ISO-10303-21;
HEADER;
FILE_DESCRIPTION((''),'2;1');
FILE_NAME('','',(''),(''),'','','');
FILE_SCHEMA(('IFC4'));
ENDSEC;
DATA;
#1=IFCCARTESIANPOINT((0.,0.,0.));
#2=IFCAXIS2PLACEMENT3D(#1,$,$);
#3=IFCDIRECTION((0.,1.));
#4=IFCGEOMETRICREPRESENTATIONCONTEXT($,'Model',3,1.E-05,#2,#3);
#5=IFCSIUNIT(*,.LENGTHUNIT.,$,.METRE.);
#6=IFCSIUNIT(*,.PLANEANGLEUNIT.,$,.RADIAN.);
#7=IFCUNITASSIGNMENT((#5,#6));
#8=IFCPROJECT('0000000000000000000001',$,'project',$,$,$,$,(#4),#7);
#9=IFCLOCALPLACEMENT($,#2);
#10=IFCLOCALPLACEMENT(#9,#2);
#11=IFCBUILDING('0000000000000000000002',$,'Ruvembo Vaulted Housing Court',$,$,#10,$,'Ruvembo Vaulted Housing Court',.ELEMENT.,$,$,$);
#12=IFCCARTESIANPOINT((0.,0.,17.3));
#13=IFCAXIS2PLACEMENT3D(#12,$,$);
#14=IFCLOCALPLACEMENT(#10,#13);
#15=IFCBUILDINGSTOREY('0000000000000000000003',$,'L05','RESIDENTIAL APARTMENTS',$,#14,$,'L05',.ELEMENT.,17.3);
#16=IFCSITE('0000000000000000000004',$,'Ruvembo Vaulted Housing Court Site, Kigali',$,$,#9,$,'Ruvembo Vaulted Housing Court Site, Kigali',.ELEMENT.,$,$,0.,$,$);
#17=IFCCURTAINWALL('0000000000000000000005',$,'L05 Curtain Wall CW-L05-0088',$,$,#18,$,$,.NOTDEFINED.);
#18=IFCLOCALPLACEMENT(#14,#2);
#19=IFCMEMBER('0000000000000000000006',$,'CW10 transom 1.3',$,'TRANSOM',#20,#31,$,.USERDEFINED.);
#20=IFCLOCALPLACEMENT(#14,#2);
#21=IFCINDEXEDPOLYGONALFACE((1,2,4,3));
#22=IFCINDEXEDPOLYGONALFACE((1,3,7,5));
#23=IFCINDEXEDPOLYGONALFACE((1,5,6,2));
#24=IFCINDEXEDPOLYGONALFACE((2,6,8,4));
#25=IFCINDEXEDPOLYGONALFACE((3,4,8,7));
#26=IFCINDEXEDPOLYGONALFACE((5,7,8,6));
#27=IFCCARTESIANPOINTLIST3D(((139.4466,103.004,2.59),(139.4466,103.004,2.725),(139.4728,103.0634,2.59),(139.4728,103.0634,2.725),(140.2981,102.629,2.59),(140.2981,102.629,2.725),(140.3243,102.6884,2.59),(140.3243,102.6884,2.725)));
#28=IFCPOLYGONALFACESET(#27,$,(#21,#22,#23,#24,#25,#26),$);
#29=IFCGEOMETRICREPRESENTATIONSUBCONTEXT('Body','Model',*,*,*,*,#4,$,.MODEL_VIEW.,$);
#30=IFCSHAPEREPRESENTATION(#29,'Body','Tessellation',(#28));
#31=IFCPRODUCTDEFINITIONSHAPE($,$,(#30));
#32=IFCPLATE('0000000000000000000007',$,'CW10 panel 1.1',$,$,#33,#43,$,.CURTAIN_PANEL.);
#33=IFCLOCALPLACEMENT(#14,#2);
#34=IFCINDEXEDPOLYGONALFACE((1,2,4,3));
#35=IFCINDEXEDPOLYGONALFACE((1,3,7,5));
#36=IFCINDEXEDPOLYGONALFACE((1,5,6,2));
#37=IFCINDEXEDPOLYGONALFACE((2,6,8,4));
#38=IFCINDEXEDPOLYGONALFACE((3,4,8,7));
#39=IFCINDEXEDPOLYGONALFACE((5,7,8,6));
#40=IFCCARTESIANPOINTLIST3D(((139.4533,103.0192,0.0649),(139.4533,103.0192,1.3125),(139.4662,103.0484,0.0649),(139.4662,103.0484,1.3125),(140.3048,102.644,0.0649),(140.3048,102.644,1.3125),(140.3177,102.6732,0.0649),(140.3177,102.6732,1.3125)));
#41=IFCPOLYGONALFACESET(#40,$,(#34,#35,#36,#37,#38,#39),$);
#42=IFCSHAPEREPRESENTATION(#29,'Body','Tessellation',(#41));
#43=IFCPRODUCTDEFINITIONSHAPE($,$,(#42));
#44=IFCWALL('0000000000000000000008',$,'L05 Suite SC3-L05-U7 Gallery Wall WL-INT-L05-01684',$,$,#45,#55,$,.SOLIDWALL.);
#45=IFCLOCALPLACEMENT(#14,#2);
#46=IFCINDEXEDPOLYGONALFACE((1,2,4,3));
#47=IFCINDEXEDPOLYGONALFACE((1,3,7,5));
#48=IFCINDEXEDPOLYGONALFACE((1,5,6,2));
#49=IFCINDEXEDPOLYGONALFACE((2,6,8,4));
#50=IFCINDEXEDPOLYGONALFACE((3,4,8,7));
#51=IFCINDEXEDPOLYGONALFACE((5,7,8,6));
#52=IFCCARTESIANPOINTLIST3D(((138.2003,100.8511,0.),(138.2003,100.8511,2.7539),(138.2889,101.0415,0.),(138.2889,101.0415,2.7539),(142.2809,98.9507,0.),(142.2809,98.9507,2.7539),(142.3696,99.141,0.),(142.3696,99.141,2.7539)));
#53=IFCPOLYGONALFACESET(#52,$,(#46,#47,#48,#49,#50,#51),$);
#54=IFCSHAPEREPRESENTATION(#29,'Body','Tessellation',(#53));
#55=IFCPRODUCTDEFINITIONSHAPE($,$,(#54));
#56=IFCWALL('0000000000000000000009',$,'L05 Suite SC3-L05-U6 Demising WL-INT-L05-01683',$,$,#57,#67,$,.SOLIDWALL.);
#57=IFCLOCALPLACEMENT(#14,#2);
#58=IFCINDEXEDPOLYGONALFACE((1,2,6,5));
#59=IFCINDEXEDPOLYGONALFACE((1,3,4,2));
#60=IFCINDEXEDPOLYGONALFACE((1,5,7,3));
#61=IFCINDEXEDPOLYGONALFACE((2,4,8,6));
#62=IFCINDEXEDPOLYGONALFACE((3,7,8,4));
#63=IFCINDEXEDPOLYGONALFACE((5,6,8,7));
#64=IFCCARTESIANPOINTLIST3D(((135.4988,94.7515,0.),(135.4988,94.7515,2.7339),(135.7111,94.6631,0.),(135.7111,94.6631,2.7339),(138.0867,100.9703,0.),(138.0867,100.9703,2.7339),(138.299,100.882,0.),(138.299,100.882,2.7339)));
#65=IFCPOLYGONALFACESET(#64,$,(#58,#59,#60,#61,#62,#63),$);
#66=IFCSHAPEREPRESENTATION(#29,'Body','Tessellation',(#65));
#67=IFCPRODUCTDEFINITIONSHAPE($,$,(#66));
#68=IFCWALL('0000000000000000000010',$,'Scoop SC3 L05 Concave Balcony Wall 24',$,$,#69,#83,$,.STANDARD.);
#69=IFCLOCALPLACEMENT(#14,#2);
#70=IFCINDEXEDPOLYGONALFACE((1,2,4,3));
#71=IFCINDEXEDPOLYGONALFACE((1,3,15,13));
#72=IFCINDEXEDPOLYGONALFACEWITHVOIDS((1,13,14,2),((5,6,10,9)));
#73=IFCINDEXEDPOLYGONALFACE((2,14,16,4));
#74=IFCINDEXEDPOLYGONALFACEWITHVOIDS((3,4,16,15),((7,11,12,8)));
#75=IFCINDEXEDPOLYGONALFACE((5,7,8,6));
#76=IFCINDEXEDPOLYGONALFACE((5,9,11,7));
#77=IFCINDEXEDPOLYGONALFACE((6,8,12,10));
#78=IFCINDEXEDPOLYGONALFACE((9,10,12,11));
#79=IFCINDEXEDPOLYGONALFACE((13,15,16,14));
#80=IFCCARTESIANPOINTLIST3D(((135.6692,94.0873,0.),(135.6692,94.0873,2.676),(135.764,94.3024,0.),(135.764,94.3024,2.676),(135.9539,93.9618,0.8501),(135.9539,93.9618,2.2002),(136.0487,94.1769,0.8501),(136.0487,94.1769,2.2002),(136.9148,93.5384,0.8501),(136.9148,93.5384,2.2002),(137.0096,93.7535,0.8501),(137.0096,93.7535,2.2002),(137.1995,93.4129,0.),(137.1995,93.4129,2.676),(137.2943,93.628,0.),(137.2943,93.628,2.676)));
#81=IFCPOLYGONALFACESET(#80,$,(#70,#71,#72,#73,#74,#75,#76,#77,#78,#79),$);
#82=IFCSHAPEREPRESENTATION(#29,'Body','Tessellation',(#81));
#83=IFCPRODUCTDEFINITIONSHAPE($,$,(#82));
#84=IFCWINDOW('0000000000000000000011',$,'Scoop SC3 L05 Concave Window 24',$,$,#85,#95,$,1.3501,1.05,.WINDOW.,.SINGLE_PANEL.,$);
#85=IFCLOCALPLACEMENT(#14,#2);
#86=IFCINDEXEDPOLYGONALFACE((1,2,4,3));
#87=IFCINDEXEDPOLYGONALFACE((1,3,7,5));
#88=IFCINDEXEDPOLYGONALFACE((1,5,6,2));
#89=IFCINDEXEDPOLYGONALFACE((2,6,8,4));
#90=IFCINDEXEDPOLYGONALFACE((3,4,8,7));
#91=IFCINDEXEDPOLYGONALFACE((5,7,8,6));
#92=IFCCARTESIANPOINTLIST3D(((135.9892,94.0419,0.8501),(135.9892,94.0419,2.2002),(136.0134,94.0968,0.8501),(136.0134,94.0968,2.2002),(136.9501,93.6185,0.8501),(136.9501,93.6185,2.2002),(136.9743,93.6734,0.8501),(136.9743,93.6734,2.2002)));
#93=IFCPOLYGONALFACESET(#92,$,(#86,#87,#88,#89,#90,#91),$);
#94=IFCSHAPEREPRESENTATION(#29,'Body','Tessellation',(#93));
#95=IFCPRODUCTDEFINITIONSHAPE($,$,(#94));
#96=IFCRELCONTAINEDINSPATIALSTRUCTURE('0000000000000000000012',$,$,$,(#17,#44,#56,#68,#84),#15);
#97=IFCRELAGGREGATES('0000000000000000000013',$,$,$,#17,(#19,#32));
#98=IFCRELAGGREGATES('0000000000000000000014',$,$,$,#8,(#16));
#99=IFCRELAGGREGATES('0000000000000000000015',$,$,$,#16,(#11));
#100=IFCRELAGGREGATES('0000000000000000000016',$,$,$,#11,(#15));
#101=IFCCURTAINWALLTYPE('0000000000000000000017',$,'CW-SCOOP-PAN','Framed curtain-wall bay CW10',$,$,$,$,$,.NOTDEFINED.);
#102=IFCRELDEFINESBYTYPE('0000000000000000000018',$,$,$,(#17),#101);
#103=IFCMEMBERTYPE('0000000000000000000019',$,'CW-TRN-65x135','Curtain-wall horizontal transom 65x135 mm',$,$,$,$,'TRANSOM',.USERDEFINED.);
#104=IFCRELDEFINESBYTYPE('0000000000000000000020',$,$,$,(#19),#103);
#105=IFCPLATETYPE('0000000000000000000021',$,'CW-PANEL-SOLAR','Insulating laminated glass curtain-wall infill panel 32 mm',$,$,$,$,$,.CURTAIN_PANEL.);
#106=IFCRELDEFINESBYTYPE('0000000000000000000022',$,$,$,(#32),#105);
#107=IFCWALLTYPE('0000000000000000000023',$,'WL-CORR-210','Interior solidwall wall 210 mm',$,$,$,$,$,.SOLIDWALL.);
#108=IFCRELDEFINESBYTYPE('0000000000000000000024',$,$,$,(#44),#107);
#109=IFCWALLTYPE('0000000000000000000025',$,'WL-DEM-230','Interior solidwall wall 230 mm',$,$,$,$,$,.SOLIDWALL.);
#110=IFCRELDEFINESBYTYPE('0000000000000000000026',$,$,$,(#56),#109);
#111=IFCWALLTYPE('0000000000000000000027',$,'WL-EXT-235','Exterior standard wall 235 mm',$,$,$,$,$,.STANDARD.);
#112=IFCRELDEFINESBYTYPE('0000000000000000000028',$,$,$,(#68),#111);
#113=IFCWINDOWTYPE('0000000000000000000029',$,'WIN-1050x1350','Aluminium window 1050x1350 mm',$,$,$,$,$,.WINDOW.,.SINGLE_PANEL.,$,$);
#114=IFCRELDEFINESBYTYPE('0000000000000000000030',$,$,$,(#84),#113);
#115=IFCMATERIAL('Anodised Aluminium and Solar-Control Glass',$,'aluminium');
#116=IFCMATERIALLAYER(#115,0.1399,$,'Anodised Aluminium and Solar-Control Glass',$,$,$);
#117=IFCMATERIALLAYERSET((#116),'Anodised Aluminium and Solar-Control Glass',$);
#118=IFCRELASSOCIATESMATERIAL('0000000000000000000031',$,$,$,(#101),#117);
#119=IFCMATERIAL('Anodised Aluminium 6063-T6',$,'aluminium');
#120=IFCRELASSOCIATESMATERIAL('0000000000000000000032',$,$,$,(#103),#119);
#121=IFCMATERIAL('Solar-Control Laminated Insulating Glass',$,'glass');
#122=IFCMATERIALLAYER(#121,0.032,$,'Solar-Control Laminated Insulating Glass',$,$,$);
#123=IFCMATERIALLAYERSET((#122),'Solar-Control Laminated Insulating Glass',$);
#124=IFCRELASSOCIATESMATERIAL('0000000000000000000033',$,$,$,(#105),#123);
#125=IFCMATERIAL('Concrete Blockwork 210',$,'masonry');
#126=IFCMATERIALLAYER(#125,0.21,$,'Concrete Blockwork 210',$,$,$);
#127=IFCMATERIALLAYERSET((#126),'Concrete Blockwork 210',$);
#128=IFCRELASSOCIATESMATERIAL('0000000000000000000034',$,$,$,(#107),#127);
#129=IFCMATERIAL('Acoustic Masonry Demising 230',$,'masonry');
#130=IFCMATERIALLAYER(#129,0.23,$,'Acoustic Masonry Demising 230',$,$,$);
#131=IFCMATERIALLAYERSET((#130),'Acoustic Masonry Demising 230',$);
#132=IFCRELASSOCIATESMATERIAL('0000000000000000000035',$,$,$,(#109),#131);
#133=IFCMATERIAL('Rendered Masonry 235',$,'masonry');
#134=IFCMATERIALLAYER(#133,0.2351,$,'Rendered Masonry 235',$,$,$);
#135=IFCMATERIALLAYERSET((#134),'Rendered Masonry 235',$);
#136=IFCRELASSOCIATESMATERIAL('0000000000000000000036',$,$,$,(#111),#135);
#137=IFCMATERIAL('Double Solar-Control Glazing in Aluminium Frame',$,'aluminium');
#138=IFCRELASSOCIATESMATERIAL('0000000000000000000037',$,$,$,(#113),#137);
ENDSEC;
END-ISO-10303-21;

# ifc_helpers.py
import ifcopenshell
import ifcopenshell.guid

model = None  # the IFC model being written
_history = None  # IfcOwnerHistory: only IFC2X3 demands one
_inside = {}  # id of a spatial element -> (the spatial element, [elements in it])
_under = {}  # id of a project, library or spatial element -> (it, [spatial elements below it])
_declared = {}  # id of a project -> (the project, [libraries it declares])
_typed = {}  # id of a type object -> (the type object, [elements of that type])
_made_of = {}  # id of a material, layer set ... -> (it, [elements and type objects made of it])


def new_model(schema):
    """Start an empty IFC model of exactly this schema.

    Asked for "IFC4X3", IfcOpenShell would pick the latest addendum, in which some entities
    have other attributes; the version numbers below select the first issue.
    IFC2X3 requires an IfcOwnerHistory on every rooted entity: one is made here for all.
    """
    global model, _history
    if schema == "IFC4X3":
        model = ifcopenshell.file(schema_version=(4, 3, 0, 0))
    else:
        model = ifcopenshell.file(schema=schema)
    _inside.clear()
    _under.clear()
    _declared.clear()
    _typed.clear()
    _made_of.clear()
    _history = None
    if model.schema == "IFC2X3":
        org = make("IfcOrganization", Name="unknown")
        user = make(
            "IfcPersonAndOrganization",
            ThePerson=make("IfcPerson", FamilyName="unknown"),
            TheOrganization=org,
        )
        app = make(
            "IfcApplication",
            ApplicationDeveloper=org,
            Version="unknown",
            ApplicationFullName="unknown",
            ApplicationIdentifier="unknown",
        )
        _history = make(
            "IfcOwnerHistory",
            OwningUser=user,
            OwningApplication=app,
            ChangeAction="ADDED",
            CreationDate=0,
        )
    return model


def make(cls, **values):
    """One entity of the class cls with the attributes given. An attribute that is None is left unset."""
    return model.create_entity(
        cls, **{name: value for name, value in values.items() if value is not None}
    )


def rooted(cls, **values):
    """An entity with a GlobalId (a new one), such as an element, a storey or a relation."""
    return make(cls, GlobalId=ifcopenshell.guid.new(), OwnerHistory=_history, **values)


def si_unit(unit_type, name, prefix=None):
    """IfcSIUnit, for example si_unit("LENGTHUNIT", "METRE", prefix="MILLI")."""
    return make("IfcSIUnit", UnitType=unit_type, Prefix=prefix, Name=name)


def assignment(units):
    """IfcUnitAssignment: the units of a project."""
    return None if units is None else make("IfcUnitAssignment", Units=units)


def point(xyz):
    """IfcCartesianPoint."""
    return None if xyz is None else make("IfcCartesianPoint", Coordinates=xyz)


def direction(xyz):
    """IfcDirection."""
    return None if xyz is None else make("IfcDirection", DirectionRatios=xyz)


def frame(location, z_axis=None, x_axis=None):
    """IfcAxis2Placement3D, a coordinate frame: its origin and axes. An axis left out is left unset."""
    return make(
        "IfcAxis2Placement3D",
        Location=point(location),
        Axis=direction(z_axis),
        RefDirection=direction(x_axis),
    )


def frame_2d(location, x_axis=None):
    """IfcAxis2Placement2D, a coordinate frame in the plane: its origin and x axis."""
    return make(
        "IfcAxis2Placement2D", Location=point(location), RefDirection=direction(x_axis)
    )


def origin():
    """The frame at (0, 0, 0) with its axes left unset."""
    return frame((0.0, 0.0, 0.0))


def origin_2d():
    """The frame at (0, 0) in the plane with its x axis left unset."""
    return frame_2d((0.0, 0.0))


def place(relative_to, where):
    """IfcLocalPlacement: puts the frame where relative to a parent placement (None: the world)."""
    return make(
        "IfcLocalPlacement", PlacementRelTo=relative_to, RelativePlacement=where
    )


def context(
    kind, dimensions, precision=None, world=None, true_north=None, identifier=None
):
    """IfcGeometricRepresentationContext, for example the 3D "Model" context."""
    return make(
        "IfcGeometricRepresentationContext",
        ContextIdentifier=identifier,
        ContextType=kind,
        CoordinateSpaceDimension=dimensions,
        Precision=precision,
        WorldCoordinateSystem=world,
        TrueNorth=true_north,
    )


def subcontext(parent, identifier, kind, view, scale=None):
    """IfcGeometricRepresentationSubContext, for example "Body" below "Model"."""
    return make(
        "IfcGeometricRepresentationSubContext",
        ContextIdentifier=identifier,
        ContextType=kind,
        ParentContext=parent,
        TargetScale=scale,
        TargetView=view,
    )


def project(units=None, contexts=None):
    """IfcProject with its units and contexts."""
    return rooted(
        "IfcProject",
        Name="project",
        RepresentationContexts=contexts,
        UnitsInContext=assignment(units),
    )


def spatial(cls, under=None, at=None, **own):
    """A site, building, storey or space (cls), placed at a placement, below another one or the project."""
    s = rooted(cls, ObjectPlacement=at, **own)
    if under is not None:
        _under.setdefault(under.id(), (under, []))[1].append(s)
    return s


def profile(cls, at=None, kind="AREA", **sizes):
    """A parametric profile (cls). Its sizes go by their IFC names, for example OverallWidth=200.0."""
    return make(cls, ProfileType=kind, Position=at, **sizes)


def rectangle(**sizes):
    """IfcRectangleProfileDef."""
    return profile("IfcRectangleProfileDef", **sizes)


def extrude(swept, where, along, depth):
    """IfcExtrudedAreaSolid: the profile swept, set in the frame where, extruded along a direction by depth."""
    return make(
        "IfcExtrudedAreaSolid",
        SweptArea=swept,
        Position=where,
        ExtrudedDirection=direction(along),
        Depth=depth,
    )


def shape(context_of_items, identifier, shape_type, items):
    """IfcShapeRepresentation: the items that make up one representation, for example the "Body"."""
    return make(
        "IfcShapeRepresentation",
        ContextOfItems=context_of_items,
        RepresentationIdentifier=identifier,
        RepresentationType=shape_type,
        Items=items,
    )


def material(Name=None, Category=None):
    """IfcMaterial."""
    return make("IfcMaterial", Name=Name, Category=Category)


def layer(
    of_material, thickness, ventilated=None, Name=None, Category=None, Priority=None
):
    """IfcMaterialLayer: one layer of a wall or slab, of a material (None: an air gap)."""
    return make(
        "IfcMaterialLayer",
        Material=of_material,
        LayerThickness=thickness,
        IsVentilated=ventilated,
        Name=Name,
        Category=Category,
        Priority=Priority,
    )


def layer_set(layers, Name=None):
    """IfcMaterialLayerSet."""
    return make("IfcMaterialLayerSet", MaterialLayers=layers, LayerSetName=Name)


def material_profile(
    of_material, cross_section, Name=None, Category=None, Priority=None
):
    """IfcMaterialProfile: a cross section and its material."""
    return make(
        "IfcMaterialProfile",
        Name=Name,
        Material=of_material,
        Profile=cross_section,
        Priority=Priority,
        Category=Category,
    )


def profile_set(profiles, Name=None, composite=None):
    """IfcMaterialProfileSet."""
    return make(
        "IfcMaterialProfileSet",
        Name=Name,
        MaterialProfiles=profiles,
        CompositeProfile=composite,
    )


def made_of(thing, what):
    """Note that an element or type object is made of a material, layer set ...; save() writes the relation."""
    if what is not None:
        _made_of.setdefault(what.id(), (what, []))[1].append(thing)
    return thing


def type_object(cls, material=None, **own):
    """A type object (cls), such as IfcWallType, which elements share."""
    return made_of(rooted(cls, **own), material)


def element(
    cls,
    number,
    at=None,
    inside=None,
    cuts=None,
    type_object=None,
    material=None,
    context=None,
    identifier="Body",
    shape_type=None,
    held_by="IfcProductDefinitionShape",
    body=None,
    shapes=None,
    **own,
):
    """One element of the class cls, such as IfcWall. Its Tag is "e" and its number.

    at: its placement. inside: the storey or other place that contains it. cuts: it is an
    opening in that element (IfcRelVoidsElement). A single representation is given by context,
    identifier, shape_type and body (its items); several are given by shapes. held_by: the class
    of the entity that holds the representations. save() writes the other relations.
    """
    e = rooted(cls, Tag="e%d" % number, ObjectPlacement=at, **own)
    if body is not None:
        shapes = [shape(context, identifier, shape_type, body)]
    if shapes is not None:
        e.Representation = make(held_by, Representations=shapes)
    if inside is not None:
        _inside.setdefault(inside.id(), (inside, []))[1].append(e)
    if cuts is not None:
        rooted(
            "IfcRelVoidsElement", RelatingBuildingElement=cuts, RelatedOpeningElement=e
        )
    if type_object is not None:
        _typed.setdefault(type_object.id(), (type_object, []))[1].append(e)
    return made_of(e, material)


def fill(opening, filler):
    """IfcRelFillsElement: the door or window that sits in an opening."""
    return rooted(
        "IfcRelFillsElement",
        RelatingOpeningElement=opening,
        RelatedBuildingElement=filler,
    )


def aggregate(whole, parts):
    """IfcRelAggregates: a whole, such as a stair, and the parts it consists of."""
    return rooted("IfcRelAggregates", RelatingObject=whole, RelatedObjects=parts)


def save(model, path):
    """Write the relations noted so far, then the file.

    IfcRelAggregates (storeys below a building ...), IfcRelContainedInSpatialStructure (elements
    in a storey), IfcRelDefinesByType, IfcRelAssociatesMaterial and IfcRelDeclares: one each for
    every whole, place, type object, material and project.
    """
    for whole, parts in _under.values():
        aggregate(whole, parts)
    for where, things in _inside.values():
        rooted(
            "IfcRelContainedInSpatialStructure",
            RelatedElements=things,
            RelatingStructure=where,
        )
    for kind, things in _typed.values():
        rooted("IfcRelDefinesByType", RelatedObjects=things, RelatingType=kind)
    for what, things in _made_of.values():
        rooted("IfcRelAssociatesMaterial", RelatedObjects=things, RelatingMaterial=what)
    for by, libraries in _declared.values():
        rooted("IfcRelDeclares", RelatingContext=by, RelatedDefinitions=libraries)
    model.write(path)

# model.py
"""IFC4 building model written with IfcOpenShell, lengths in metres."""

from ifc_helpers import new_model, si_unit, direction, frame, frame_2d, origin, origin_2d, place, context, subcontext, project, spatial, rectangle, extrude, material, layer, layer_set, material_profile, profile_set, type_object, element, fill, aggregate, save


model = new_model("IFC4")

# Units and contexts
model_context = context("Model", 3, precision=1e-05, world=origin(), true_north=direction((0.0, 1.0)))
body_context = subcontext(model_context, "Body", "Model", "MODEL_VIEW")
ifc_project = project(units=[si_unit("LENGTHUNIT", "METRE"), si_unit("PLANEANGLEUNIT", "RADIAN")], contexts=[model_context])

# Site, building, storey
site_placement = place(None, origin())
site = spatial("IfcSite", under=ifc_project, at=site_placement, Name="Ruvembo Vaulted Housing Court Site, Kigali", LongName="Ruvembo Vaulted Housing Court Site, Kigali", CompositionType="ELEMENT", RefElevation=0.0)
building_placement = place(site_placement, origin())
building = spatial("IfcBuilding", under=site, at=building_placement, Name="Ruvembo Vaulted Housing Court", LongName="Ruvembo Vaulted Housing Court", CompositionType="ELEMENT")
storey_placement = place(building_placement, frame((0.0, 0.0, 17.3)))
storey = spatial("IfcBuildingStorey", under=building, at=storey_placement, Name="L05", Description="RESIDENTIAL APARTMENTS", LongName="L05", CompositionType="ELEMENT", Elevation=17.3)

# Curtain wall, member, plate
ifc_material_1 = material(Name="Anodised Aluminium and Solar-Control Glass", Category="aluminium")
ifc_layer_1 = layer(ifc_material_1, 0.1399, Name="Anodised Aluminium and Solar-Control Glass")
ifc_layer_set_1 = layer_set([ifc_layer_1], Name="Anodised Aluminium and Solar-Control Glass")
curtain_wall_type = type_object("IfcCurtainWallType", Name="CW-SCOOP-PAN", Description="Framed curtain-wall bay CW10", PredefinedType="NOTDEFINED", material=ifc_layer_set_1)
curtain_wall_placement = place(storey_placement, origin())
curtain_wall = element("IfcCurtainWall", 1, at=curtain_wall_placement, inside=storey, type_object=curtain_wall_type, Name="L05 Curtain Wall CW-L05-0088", PredefinedType="NOTDEFINED")
ifc_material_2 = material(Name="Anodised Aluminium 6063-T6", Category="aluminium")
ifc_material_profile_1 = material_profile(ifc_material_2, rectangle(XDim=0.0649, YDim=0.135, at=origin_2d()), Name="ALU 65x135")
ifc_profile_set_1 = profile_set([ifc_material_profile_1], Name="Anodised Aluminium 6063-T6")
member_type_1 = type_object("IfcMemberType", Name="CW-TRN-65x135", Description="Curtain-wall horizontal transom 65x135 mm", ElementType="TRANSOM", PredefinedType="USERDEFINED", material=ifc_profile_set_1)
member_1_placement = place(storey_placement, frame((139.4597, 103.0337, 2.6575), z_axis=(0.915191, -0.40302, 0.0), x_axis=(0.40302, 0.915191, 0.0)))
member_1 = element("IfcMember", 2, at=member_1_placement, type_object=member_type_1, Name="CW10 transom 1.3", ObjectType="TRANSOM", PredefinedType="USERDEFINED", context=body_context, shape_type="SweptSolid", body=[
    extrude(rectangle(XDim=0.0649, YDim=0.135, at=origin_2d()), origin(), (0.0, 0.0, 1.0), 0.9304),
])
ifc_material_3 = material(Name="Solar-Control Laminated Insulating Glass", Category="glass")
ifc_layer_2 = layer(ifc_material_3, 0.032, Name="Solar-Control Laminated Insulating Glass")
ifc_layer_set_2 = layer_set([ifc_layer_2], Name="Solar-Control Laminated Insulating Glass")
plate_type = type_object("IfcPlateType", Name="CW-PANEL-SOLAR", Description="Insulating laminated glass curtain-wall infill panel 32 mm", PredefinedType="CURTAIN_PANEL", material=ifc_layer_set_2)
plate_placement = place(storey_placement, frame((139.8855, 102.8462, 0.0649), z_axis=(0.0, 0.0, 1.0), x_axis=(0.91508, -0.403272, 0.0)))
plate = element("IfcPlate", 3, at=plate_placement, type_object=plate_type, Name="CW10 panel 1.1", PredefinedType="CURTAIN_PANEL", context=body_context, shape_type="SweptSolid", body=[
    extrude(rectangle(XDim=0.9304, YDim=0.032, at=origin_2d()), origin(), (0.0, 0.0, 1.0), 1.2476),
])
aggregate(curtain_wall, [member_1, plate])

# Walls
ifc_material_4 = material(Name="Concrete Blockwork 210", Category="masonry")
ifc_layer_3 = layer(ifc_material_4, 0.21, Name="Concrete Blockwork 210")
ifc_layer_set_3 = layer_set([ifc_layer_3], Name="Concrete Blockwork 210")
wall_type_1 = type_object("IfcWallType", Name="WL-CORR-210", Description="Interior solidwall wall 210 mm", PredefinedType="SOLIDWALL", material=ifc_layer_set_3)
wall_1_placement = place(storey_placement, frame((138.2446, 100.9463, 0.0), z_axis=(0.0, 0.0, 1.0), x_axis=(0.906513, -0.422179, 0.0)))
element("IfcWall", 4, at=wall_1_placement, inside=storey, type_object=wall_type_1, Name="L05 Suite SC3-L05-U7 Gallery Wall WL-INT-L05-01684", PredefinedType="SOLIDWALL", context=body_context, shape_type="SweptSolid", body=[
    extrude(rectangle(XDim=4.5015, YDim=0.21, at=frame_2d((2.2507, 0.0))), origin(), (0.0, 0.0, 1.0), 2.7539),
])
ifc_material_5 = material(Name="Acoustic Masonry Demising 230", Category="masonry")
ifc_layer_4 = layer(ifc_material_5, 0.23, Name="Acoustic Masonry Demising 230")
ifc_layer_set_4 = layer_set([ifc_layer_4], Name="Acoustic Masonry Demising 230")
wall_type_2 = type_object("IfcWallType", Name="WL-DEM-230", Description="Interior solidwall wall 230 mm", PredefinedType="SOLIDWALL", material=ifc_layer_set_4)
wall_2_placement = place(storey_placement, frame((135.605, 94.7073, 0.0), z_axis=(0.0, 0.0, 1.0), x_axis=(0.384191, 0.923254, 0.0)))
element("IfcWall", 5, at=wall_2_placement, inside=storey, type_object=wall_type_2, Name="L05 Suite SC3-L05-U6 Demising WL-INT-L05-01683", PredefinedType="SOLIDWALL", context=body_context, shape_type="SweptSolid", body=[
    extrude(rectangle(XDim=6.7358, YDim=0.23, at=frame_2d((3.3679, 0.0))), origin(), (0.0, 0.0, 1.0), 2.7339),
])

# Wall, opening, window
ifc_material_6 = material(Name="Rendered Masonry 235", Category="masonry")
ifc_layer_5 = layer(ifc_material_6, 0.2351, Name="Rendered Masonry 235")
ifc_layer_set_5 = layer_set([ifc_layer_5], Name="Rendered Masonry 235")
wall_type_3 = type_object("IfcWallType", Name="WL-EXT-235", Description="Exterior standard wall 235 mm", PredefinedType="STANDARD", material=ifc_layer_set_5)
wall_3_placement = place(storey_placement, frame((135.7166, 94.1948, 0.0), z_axis=(0.0, 0.0, 1.0), x_axis=(0.915095, -0.403238, 0.0)))
wall_3 = element("IfcWall", 6, at=wall_3_placement, inside=storey, type_object=wall_type_3, Name="Scoop SC3 L05 Concave Balcony Wall 24", PredefinedType="STANDARD", context=body_context, shape_type="SweptSolid", body=[
    extrude(rectangle(XDim=1.6724, YDim=0.2351, at=frame_2d((0.8362, 0.0))), origin(), (0.0, 0.0, 1.0), 2.676),
])
opening_placement = place(wall_3_placement, frame((0.3113, 0.0, 0.8501)))
opening = element("IfcOpeningElement", 7, at=opening_placement, cuts=wall_3, PredefinedType="OPENING", context=body_context, shape_type="SweptSolid", body=[
    extrude(rectangle(XDim=1.05, YDim=1.3501, at=frame_2d((0.5249, 0.675))), frame((0.0, 0.1274, 0.0), z_axis=(0.0, -1.0, 0.0), x_axis=(1.0, 0.0, 0.0)), (0.0, 0.0, 1.0), 0.2551),
])
ifc_material_7 = material(Name="Double Solar-Control Glazing in Aluminium Frame", Category="aluminium")
window_type = type_object("IfcWindowType", Name="WIN-1050x1350", Description="Aluminium window 1050x1350 mm", PartitioningType="SINGLE_PANEL", PredefinedType="WINDOW", material=ifc_material_7)
window_placement = place(opening_placement, origin())
window = element("IfcWindow", 8, at=window_placement, inside=storey, type_object=window_type, Name="Scoop SC3 L05 Concave Window 24", OverallHeight=1.3501, OverallWidth=1.05, PartitioningType="SINGLE_PANEL", PredefinedType="WINDOW", context=body_context, shape_type="SweptSolid", body=[
    extrude(rectangle(XDim=1.05, YDim=1.3501, at=frame_2d((0.5249, 0.675))), frame((0.0, 0.03, 0.0), z_axis=(0.0, -1.0, 0.0), x_axis=(1.0, 0.0, 0.0)), (0.0, 0.0, 1.0), 0.0601),
])
fill(opening, window)

save(model, "model.ifc")
